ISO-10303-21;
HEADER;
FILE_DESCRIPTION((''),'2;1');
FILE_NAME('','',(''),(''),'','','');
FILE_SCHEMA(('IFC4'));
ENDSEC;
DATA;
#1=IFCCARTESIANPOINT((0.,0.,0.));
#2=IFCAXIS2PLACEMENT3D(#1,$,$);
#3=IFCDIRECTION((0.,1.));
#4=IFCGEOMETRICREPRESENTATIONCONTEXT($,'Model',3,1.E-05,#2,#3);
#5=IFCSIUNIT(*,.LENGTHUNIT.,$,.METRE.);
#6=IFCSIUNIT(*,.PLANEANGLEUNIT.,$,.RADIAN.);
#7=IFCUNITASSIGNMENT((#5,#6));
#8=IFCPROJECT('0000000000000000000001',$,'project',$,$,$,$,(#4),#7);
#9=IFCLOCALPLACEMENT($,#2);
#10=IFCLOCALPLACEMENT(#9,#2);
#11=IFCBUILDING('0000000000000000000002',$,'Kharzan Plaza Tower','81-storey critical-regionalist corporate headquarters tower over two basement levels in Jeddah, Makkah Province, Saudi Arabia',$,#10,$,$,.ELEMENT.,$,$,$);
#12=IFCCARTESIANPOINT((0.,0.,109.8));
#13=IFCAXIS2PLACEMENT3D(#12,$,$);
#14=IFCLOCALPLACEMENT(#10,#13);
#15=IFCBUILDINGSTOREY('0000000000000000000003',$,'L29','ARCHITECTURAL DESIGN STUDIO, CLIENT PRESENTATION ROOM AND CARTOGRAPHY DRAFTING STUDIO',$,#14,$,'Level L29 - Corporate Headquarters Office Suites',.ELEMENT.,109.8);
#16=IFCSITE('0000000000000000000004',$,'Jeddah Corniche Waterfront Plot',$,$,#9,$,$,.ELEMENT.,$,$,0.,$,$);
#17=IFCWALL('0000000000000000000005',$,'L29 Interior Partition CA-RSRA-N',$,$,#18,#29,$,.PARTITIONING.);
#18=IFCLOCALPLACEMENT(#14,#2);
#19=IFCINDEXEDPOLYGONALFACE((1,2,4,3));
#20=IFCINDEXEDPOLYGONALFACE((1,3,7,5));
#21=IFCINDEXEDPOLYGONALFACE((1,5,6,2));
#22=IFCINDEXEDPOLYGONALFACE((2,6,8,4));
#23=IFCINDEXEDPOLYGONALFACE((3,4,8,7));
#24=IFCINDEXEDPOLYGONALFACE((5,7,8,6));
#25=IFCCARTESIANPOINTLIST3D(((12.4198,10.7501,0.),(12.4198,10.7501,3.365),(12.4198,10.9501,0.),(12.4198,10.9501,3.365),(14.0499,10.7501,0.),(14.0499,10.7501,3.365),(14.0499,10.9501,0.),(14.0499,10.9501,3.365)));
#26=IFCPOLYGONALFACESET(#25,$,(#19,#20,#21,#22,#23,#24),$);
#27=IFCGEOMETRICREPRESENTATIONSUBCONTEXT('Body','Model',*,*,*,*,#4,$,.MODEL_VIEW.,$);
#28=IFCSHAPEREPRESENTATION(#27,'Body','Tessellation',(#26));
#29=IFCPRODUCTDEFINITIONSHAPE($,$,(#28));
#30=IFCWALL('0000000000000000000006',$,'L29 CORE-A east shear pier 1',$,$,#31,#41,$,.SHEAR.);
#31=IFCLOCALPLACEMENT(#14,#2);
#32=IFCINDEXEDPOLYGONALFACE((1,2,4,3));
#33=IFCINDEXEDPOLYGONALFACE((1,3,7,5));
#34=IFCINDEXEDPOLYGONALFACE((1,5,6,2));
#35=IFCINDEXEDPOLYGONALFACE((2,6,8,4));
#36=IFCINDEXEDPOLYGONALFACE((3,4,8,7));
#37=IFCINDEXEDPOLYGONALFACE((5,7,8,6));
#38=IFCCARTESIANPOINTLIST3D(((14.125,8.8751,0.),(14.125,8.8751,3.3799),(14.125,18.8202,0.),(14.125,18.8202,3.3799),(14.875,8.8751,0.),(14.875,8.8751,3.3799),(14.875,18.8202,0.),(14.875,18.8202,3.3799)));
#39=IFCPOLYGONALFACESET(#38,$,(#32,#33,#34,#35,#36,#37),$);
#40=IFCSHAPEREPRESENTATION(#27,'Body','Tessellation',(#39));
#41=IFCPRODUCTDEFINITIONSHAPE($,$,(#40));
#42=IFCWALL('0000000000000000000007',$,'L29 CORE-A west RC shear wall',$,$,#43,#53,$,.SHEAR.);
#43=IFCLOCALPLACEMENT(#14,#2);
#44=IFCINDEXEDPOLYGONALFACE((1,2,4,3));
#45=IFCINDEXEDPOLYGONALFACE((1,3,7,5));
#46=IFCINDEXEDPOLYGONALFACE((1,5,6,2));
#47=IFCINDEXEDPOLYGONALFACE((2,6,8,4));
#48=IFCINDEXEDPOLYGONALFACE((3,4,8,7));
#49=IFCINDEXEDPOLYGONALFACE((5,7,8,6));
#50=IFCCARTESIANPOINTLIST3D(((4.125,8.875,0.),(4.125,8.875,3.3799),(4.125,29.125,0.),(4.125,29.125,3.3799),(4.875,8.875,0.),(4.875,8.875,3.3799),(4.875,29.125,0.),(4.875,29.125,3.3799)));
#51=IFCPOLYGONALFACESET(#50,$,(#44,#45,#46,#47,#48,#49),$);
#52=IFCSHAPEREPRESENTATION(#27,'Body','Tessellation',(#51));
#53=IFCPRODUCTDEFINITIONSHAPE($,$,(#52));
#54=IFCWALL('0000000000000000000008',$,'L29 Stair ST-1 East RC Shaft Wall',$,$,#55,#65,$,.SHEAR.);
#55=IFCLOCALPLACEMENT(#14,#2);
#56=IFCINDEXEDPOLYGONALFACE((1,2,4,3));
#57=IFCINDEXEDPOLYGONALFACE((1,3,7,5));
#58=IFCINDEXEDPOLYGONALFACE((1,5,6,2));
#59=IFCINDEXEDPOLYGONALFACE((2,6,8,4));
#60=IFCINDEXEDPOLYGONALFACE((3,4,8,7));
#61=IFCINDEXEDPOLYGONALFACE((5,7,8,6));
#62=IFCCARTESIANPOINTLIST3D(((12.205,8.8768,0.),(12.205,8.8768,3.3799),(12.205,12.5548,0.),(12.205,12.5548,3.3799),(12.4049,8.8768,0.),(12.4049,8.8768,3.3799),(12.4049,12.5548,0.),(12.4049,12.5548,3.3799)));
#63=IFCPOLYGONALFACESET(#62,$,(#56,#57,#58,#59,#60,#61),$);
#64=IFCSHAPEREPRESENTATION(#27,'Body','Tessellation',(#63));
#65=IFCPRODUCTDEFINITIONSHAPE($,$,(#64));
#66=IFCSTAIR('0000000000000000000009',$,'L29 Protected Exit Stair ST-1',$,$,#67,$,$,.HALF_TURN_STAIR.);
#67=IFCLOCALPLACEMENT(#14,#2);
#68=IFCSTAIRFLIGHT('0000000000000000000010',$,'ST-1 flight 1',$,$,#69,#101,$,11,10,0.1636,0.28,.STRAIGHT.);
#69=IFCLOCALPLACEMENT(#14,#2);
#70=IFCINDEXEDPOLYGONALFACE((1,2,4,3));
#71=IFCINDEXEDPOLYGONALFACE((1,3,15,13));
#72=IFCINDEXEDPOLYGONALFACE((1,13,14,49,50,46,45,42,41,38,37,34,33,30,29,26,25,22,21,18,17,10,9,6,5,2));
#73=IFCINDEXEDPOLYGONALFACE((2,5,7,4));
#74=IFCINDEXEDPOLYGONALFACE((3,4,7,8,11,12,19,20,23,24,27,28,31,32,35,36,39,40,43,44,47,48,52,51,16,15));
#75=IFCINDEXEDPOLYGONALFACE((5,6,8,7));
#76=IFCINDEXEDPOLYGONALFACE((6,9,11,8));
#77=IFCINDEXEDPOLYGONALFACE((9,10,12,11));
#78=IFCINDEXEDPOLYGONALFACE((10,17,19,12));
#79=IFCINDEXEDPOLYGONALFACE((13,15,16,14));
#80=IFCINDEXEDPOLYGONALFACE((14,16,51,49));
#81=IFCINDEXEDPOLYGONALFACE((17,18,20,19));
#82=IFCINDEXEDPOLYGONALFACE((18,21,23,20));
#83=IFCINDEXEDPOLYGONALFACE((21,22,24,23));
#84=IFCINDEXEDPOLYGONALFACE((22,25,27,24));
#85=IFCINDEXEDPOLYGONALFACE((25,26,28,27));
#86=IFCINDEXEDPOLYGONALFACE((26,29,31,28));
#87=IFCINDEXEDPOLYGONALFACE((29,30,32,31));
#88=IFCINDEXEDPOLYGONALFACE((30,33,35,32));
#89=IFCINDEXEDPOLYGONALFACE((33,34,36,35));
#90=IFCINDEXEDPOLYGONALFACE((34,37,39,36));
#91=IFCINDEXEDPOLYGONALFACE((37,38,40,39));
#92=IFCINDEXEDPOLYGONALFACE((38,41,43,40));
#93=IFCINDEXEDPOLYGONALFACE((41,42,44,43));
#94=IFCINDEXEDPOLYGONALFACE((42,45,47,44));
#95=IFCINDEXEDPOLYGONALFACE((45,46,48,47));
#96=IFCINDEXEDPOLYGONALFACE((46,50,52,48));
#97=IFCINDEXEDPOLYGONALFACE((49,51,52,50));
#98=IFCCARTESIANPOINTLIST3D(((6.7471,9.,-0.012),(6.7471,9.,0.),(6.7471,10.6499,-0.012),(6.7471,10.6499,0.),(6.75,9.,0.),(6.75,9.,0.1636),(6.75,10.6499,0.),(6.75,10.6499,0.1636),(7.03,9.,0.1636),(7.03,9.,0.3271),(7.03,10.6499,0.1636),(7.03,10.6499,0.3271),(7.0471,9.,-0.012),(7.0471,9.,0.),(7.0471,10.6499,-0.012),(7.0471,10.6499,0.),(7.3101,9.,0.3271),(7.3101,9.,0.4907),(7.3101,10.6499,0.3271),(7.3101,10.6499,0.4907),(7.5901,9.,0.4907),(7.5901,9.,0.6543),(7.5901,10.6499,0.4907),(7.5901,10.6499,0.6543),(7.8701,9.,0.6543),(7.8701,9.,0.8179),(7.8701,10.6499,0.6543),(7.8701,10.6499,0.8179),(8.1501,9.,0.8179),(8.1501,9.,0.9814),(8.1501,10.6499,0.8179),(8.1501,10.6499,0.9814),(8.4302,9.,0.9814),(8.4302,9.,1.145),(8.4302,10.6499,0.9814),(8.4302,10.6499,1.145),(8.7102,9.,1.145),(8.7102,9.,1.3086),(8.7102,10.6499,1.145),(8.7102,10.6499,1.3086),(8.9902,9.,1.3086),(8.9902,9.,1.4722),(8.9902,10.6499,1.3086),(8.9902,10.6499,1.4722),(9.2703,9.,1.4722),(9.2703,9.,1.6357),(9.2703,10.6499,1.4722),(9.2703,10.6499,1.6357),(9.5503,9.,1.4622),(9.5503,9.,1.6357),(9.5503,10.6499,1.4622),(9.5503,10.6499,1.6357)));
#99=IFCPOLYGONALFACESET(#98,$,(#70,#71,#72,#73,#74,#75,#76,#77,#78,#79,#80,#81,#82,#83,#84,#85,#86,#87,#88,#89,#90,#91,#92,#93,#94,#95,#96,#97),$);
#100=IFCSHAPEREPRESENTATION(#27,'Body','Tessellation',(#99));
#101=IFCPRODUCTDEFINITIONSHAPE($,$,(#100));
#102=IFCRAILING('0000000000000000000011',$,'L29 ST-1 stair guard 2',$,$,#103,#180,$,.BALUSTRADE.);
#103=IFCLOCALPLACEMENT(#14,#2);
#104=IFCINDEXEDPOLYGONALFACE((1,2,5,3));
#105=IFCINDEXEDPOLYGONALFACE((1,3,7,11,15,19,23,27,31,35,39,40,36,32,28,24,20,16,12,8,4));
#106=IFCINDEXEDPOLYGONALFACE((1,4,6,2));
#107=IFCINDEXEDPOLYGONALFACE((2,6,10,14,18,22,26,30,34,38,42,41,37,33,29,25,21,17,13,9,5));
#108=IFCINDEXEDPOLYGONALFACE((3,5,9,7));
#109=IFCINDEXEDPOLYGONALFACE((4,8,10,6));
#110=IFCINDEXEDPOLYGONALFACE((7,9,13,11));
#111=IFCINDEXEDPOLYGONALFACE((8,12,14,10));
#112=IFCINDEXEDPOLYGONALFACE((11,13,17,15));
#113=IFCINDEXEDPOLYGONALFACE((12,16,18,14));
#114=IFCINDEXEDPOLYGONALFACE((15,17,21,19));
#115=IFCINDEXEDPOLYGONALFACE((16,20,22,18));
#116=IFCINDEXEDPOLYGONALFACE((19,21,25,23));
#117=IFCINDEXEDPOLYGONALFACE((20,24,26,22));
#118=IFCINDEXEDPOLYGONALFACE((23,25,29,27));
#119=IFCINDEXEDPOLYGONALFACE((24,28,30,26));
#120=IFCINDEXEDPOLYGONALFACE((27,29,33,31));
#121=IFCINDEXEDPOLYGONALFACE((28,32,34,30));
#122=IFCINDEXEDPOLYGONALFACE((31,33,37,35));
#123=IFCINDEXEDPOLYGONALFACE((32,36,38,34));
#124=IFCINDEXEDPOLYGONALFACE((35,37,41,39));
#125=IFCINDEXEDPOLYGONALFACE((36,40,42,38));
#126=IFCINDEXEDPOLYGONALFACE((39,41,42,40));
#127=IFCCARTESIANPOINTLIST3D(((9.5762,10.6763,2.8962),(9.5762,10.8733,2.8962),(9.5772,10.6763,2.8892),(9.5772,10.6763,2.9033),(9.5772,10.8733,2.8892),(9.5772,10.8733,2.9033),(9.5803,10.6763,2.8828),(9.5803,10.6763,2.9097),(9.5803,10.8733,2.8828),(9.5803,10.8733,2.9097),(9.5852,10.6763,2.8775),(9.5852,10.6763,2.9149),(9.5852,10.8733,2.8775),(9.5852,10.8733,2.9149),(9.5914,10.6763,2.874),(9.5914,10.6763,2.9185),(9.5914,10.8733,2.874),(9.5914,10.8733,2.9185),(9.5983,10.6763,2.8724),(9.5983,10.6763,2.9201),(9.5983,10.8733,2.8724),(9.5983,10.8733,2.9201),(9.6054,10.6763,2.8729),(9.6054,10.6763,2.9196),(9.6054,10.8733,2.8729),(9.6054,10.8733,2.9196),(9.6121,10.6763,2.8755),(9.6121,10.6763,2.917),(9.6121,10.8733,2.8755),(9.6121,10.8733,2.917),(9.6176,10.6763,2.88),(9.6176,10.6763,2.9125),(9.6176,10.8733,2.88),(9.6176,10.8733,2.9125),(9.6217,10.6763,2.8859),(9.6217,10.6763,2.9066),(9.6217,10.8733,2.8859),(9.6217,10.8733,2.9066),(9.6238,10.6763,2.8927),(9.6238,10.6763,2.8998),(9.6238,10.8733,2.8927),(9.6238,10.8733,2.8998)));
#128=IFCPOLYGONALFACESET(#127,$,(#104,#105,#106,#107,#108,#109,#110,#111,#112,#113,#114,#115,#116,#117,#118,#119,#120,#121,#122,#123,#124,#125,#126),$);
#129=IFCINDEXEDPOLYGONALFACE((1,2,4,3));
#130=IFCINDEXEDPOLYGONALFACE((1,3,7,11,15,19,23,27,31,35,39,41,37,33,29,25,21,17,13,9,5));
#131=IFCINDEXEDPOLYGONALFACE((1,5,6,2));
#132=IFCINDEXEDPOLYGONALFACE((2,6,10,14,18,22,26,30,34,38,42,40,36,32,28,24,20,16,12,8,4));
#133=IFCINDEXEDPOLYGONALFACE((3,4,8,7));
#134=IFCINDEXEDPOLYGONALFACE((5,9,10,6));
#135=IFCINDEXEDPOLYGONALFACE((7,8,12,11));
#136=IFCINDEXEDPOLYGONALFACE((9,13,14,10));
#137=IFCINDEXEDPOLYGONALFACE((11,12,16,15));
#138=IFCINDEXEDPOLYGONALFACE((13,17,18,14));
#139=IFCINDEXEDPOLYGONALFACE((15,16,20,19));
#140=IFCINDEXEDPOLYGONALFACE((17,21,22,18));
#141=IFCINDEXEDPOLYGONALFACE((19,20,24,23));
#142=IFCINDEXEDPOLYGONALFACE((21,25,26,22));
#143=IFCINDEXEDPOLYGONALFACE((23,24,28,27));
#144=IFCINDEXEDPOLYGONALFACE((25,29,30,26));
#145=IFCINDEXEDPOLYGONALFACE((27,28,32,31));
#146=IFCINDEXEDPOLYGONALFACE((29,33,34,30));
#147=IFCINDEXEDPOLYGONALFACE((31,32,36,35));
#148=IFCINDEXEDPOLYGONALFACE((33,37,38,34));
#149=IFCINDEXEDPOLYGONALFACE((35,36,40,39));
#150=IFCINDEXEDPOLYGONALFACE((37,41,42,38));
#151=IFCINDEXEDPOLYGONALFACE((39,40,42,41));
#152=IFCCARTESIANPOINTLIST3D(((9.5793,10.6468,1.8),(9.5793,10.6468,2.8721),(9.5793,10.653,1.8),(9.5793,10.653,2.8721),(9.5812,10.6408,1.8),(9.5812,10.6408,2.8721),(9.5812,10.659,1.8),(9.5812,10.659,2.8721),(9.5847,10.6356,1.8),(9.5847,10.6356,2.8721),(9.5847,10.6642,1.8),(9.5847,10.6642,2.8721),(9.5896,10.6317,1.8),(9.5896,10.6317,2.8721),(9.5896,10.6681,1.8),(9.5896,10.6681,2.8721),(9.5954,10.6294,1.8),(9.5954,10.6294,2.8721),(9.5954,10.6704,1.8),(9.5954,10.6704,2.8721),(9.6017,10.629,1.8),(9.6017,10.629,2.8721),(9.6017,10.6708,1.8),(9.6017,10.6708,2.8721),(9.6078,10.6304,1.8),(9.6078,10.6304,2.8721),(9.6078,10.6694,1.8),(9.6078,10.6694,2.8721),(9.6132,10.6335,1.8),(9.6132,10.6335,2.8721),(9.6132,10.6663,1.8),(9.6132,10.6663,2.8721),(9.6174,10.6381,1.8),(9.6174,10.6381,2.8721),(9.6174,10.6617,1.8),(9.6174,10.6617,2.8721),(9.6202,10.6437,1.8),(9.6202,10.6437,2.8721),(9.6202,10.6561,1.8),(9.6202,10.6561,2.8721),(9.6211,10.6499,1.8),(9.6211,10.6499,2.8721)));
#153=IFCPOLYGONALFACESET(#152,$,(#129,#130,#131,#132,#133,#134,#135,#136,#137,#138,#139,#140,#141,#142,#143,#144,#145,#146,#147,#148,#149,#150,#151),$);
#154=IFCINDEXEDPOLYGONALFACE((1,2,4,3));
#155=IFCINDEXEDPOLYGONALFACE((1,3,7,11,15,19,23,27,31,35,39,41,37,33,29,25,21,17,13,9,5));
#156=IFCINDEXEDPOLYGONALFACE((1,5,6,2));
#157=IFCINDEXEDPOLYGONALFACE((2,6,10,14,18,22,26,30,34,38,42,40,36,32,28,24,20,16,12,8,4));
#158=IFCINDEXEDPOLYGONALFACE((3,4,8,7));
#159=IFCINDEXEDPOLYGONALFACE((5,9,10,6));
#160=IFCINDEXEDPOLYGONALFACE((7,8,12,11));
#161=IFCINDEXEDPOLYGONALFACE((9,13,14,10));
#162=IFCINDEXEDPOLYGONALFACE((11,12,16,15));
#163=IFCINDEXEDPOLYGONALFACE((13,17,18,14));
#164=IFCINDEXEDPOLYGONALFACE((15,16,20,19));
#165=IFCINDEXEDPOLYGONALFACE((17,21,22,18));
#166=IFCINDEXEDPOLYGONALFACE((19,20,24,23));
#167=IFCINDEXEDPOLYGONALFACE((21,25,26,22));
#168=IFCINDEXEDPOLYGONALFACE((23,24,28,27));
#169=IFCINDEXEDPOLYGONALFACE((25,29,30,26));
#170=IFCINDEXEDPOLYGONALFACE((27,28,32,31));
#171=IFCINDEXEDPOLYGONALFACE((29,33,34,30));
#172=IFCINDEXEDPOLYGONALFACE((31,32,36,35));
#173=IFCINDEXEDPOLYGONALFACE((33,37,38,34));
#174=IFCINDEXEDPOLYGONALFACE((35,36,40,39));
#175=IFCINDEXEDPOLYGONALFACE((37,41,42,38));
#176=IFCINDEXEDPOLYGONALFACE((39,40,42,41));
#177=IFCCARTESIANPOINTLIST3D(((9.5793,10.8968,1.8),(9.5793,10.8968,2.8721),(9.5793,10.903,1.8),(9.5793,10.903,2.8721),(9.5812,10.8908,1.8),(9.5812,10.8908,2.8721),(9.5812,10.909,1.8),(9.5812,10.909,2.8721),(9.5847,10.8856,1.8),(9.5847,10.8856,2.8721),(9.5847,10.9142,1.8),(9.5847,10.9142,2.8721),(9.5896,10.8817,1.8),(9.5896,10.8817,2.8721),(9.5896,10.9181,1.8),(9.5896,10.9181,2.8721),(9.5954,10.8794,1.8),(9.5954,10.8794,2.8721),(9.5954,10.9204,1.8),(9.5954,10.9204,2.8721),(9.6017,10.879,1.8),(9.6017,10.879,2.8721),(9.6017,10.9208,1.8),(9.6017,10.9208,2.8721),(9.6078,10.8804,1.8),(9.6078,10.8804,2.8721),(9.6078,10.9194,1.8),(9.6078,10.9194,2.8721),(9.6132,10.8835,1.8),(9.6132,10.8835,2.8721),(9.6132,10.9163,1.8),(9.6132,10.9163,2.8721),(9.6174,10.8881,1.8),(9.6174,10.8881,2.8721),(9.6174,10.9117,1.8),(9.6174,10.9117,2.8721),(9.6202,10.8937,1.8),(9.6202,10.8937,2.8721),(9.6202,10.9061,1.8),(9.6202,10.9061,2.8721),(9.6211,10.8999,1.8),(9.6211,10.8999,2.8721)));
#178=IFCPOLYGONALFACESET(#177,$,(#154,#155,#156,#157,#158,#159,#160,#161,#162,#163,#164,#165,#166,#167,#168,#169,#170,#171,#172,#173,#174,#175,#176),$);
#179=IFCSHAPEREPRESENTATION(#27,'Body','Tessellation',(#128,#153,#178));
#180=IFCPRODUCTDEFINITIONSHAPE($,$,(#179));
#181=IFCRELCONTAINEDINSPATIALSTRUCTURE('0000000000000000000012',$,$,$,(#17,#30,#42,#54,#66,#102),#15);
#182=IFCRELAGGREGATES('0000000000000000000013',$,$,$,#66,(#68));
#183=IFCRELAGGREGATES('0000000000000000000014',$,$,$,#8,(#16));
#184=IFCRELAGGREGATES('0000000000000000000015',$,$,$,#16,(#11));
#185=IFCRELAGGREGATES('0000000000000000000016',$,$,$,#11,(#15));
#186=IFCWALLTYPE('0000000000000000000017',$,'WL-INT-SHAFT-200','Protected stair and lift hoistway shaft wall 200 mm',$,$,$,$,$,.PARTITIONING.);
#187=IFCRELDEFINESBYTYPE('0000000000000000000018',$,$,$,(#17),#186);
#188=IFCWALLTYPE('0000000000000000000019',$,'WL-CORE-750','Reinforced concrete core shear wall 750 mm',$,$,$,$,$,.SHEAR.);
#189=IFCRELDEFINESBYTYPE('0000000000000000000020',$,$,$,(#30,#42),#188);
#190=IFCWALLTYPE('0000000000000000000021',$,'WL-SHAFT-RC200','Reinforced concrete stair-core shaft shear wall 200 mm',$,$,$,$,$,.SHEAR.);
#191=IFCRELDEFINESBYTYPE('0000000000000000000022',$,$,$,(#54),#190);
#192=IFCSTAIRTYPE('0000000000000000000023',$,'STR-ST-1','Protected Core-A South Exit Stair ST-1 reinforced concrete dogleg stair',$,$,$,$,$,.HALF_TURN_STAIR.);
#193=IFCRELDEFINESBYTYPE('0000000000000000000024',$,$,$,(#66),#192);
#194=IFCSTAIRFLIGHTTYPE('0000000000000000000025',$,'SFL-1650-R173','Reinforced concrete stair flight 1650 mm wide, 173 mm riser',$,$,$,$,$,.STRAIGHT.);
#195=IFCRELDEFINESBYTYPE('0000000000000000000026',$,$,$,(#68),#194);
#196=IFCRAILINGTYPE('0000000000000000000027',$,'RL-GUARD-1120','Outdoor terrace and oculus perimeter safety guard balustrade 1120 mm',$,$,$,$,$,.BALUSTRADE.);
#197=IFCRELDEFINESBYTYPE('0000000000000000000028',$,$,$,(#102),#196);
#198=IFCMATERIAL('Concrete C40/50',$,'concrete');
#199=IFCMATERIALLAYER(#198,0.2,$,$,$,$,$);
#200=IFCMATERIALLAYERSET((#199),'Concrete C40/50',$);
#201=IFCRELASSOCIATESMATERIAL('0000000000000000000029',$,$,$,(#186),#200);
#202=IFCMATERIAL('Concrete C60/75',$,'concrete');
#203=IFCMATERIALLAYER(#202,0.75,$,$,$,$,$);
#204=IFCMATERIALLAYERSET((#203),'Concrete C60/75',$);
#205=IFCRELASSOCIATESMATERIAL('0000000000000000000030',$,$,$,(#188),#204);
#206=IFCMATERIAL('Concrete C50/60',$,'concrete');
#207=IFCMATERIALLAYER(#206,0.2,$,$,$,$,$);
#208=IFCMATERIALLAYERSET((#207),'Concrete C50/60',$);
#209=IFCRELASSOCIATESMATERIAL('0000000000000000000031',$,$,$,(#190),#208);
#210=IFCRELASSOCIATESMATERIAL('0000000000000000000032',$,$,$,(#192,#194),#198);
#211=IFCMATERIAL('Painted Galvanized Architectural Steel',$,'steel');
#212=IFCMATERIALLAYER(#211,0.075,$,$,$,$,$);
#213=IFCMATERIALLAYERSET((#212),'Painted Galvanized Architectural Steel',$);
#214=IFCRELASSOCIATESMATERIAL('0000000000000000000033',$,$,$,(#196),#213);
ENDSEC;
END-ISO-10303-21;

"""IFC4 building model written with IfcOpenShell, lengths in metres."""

from ifc_helpers import new_model, si_unit, direction, frame, frame_2d, origin, origin_2d, place, context, subcontext, project, spatial, polyline, rectangle, circle, outline, extrude, source, transform, mapped, material, layer, layer_set, type_object, element, aggregate, save


model = new_model("IFC4")

# Units and contexts
model_context = context("Model", 3, precision=1e-05, world=origin(), true_north=direction((0.0, 1.0)))
body_context = subcontext(model_context, "Body", "Model", "MODEL_VIEW")
ifc_project = project(units=[si_unit("LENGTHUNIT", "METRE"), si_unit("PLANEANGLEUNIT", "RADIAN")], contexts=[model_context])

# Site, building, storey
site_placement = place(None, origin())
site = spatial("IfcSite", under=ifc_project, at=site_placement, Name="Jeddah Corniche Waterfront Plot", CompositionType="ELEMENT", RefElevation=0.0)
building_placement = place(site_placement, origin())
building = spatial("IfcBuilding", under=site, at=building_placement, Name="Kharzan Plaza Tower", Description="81-storey critical-regionalist corporate headquarters tower over two basement levels in Jeddah, Makkah Province, Saudi Arabia", CompositionType="ELEMENT")
storey_placement = place(building_placement, frame((0.0, 0.0, 109.8)))
storey = spatial("IfcBuildingStorey", under=building, at=storey_placement, Name="L29", Description="ARCHITECTURAL DESIGN STUDIO, CLIENT PRESENTATION ROOM AND CARTOGRAPHY DRAFTING STUDIO", LongName="Level L29 - Corporate Headquarters Office Suites", CompositionType="ELEMENT", Elevation=109.8)

# Shared definitions
ifc_material_1 = material(Name="Concrete C60/75", Category="concrete")

# Shared definitions
ifc_material_2 = material(Name="Concrete C40/50", Category="concrete")

# Walls
ifc_layer_1 = layer(ifc_material_2, 0.2)
ifc_layer_set_1 = layer_set([ifc_layer_1], Name="Concrete C40/50")
wall_type_1 = type_object("IfcWallType", Name="WL-INT-SHAFT-200", Description="Protected stair and lift hoistway shaft wall 200 mm", PredefinedType="PARTITIONING", material=ifc_layer_set_1)
shared_shape_1 = source(origin(), body_context, "Body", "SweptSolid", [
    extrude(rectangle(XDim=1.6301, YDim=0.2, at=frame_2d((0.8149, 0.0))), origin(), (0.0, 0.0, 1.0), 3.365),
])
wall_1_placement = place(storey_placement, frame((12.4199, 10.8501, 0.0), z_axis=(0.0, 0.0, 1.0), x_axis=(1.0, 0.0, 0.0)))
element("IfcWall", 1, at=wall_1_placement, inside=storey, type_object=wall_type_1, Name="L29 Interior Partition CA-RSRA-N", PredefinedType="PARTITIONING", context=body_context, shape_type="MappedRepresentation", body=[
    mapped(shared_shape_1, transform((0.0, 0.0, 0.0), x_axis=(1.0, 0.0, 0.0), y_axis=(0.0, 1.0, 0.0), z_axis=(0.0, 0.0, 1.0))),
])
ifc_layer_2 = layer(ifc_material_1, 0.75)
ifc_layer_set_2 = layer_set([ifc_layer_2], Name="Concrete C60/75")
wall_type_2 = type_object("IfcWallType", Name="WL-CORE-750", Description="Reinforced concrete core shear wall 750 mm", PredefinedType="SHEAR", material=ifc_layer_set_2)
shared_shape_2 = source(origin(), body_context, "Body", "SweptSolid", [
    extrude(rectangle(XDim=9.9451, YDim=0.75, at=frame_2d((4.9727, 0.0))), origin(), (0.0, 0.0, 1.0), 3.3799),
])
wall_2_placement = place(storey_placement, frame((14.5, 8.875, 0.0), z_axis=(0.0, 0.0, 1.0), x_axis=(0.0, 1.0, 0.0)))
element("IfcWall", 2, at=wall_2_placement, inside=storey, type_object=wall_type_2, Name="L29 CORE-A east shear pier 1", PredefinedType="SHEAR", context=body_context, shape_type="MappedRepresentation", body=[
    mapped(shared_shape_2, transform((0.0, 0.0, 0.0), x_axis=(1.0, 0.0, 0.0), y_axis=(0.0, 1.0, 0.0), z_axis=(0.0, 0.0, 1.0))),
])
shared_shape_3 = source(origin(), body_context, "Body", "SweptSolid", [
    extrude(rectangle(XDim=20.25, YDim=0.75, at=frame_2d((10.125, 0.0))), origin(), (0.0, 0.0, 1.0), 3.3799),
])
wall_3_placement = place(storey_placement, frame((4.5, 8.875, 0.0), z_axis=(0.0, 0.0, 1.0), x_axis=(0.0, 1.0, 0.0)))
element("IfcWall", 3, at=wall_3_placement, inside=storey, type_object=wall_type_2, Name="L29 CORE-A west RC shear wall", PredefinedType="SHEAR", context=body_context, shape_type="MappedRepresentation", body=[
    mapped(shared_shape_3, transform((0.0, 0.0, 0.0), x_axis=(1.0, 0.0, 0.0), y_axis=(0.0, 1.0, 0.0), z_axis=(0.0, 0.0, 1.0))),
])
ifc_material_3 = material(Name="Concrete C50/60", Category="concrete")
ifc_layer_3 = layer(ifc_material_3, 0.2)
ifc_layer_set_3 = layer_set([ifc_layer_3], Name="Concrete C50/60")
wall_type_3 = type_object("IfcWallType", Name="WL-SHAFT-RC200", Description="Reinforced concrete stair-core shaft shear wall 200 mm", PredefinedType="SHEAR", material=ifc_layer_set_3)
shared_shape_4 = source(origin(), body_context, "Body", "SweptSolid", [
    extrude(rectangle(XDim=3.678, YDim=0.2, at=frame_2d((1.8389, 0.0))), origin(), (0.0, 0.0, 1.0), 3.3799),
])
wall_4_placement = place(storey_placement, frame((12.3049, 8.877, 0.0), z_axis=(0.0, 0.0, 1.0), x_axis=(0.0, 1.0, 0.0)))
element("IfcWall", 4, at=wall_4_placement, inside=storey, type_object=wall_type_3, Name="L29 Stair ST-1 East RC Shaft Wall", PredefinedType="SHEAR", context=body_context, shape_type="MappedRepresentation", body=[
    mapped(shared_shape_4, transform((0.0, 0.0, 0.0), x_axis=(1.0, 0.0, 0.0), y_axis=(0.0, 1.0, 0.0), z_axis=(0.0, 0.0, 1.0))),
])

# Stair, stair flight
stair_type = type_object("IfcStairType", Name="STR-ST-1", Description="Protected Core-A South Exit Stair ST-1 reinforced concrete dogleg stair", PredefinedType="HALF_TURN_STAIR", material=ifc_material_2)
stair_placement = place(storey_placement, origin())
stair = element("IfcStair", 5, at=stair_placement, inside=storey, type_object=stair_type, Name="L29 Protected Exit Stair ST-1", PredefinedType="HALF_TURN_STAIR")
stair_flight_type = type_object("IfcStairFlightType", Name="SFL-1650-R173", Description="Reinforced concrete stair flight 1650 mm wide, 173 mm riser", PredefinedType="STRAIGHT", material=ifc_material_2)
shared_shape_5 = source(origin(), body_context, "Body", "SweptSolid", [
    extrude(outline(polyline([(-0.0029, -0.012), (-0.0029, 0.0), (0.0, 0.0), (0.0, 0.1636), (0.28, 0.1636), (0.28, 0.3271), (0.5601, 0.3271), (0.5601, 0.4907), (0.8401, 0.4907), (0.8401, 0.6543), (1.1201, 0.6543), (1.1201, 0.8179), (1.4001, 0.8179), (1.4001, 0.9814), (1.6802, 0.9814), (1.6802, 1.145), (1.9602, 1.145), (1.9602, 1.3086), (2.2402, 1.3086), (2.2402, 1.4722), (2.5203, 1.4722), (2.5203, 1.6357), (2.8003, 1.6357), (2.8003, 1.7993), (2.8003, 1.4622), (0.2971, 0.0), (0.2971, -0.012), (-0.0029, -0.012)])), frame((0.0, 0.825, 0.0), z_axis=(0.0, -1.0, 0.0), x_axis=(1.0, 0.0, 0.0)), (0.0, 0.0, 1.0), 1.6499),
])
stair_flight_placement = place(storey_placement, frame((6.75, 9.825, 0.0), z_axis=(0.0, 0.0, 1.0), x_axis=(1.0, 0.0, 0.0)))
stair_flight = element("IfcStairFlight", 6, at=stair_flight_placement, type_object=stair_flight_type, Name="ST-1 flight 1", NumberOfRisers=11, NumberOfTreads=10, PredefinedType="STRAIGHT", RiserHeight=0.1636, TreadLength=0.28, context=body_context, shape_type="MappedRepresentation", body=[
    mapped(shared_shape_5, transform((0.0, 0.0, 0.0), x_axis=(1.0, 0.0, 0.0), y_axis=(0.0, 1.0, 0.0), z_axis=(0.0, 0.0, 1.0))),
])
aggregate(stair, [stair_flight])

# Railing
ifc_material_4 = material(Name="Painted Galvanized Architectural Steel", Category="steel")
ifc_layer_4 = layer(ifc_material_4, 0.075)
ifc_layer_set_4 = layer_set([ifc_layer_4], Name="Painted Galvanized Architectural Steel")
railing_type_1 = type_object("IfcRailingType", Name="RL-GUARD-1120", Description="Outdoor terrace and oculus perimeter safety guard balustrade 1120 mm", PredefinedType="BALUSTRADE", material=ifc_layer_set_4)
shared_shape_6 = source(origin(), body_context, "Body", "SweptSolid", [
    extrude(circle(Radius=0.0239, at=origin_2d()), frame((0.0, 0.0264, 1.0962), z_axis=(0.0, 1.0, 0.0), x_axis=(-1.0, 0.0, 0.0)), (0.0, 0.0, 1.0), 0.197),
    extrude(circle(Radius=0.021, at=origin_2d()), origin(), (0.0, 0.0, 1.0), 1.072),
    extrude(circle(Radius=0.021, at=origin_2d()), frame((0.0, 0.25, 0.0)), (0.0, 0.0, 1.0), 1.072),
])
for number, where, name in (
    (7, (9.6001, 10.6499, 1.8), "L29 ST-1 stair guard 2"),
):
    element("IfcRailing", number, at=place(storey_placement, frame(where)), inside=storey, type_object=railing_type_1, Name=name, PredefinedType="BALUSTRADE", context=body_context, shape_type="MappedRepresentation", body=[
        mapped(shared_shape_6, transform((0.0, 0.0, 0.0), x_axis=(1.0, 0.0, 0.0), y_axis=(0.0, 1.0, 0.0), z_axis=(0.0, 0.0, 1.0))),
    ])

save(model, "model.ifc")
